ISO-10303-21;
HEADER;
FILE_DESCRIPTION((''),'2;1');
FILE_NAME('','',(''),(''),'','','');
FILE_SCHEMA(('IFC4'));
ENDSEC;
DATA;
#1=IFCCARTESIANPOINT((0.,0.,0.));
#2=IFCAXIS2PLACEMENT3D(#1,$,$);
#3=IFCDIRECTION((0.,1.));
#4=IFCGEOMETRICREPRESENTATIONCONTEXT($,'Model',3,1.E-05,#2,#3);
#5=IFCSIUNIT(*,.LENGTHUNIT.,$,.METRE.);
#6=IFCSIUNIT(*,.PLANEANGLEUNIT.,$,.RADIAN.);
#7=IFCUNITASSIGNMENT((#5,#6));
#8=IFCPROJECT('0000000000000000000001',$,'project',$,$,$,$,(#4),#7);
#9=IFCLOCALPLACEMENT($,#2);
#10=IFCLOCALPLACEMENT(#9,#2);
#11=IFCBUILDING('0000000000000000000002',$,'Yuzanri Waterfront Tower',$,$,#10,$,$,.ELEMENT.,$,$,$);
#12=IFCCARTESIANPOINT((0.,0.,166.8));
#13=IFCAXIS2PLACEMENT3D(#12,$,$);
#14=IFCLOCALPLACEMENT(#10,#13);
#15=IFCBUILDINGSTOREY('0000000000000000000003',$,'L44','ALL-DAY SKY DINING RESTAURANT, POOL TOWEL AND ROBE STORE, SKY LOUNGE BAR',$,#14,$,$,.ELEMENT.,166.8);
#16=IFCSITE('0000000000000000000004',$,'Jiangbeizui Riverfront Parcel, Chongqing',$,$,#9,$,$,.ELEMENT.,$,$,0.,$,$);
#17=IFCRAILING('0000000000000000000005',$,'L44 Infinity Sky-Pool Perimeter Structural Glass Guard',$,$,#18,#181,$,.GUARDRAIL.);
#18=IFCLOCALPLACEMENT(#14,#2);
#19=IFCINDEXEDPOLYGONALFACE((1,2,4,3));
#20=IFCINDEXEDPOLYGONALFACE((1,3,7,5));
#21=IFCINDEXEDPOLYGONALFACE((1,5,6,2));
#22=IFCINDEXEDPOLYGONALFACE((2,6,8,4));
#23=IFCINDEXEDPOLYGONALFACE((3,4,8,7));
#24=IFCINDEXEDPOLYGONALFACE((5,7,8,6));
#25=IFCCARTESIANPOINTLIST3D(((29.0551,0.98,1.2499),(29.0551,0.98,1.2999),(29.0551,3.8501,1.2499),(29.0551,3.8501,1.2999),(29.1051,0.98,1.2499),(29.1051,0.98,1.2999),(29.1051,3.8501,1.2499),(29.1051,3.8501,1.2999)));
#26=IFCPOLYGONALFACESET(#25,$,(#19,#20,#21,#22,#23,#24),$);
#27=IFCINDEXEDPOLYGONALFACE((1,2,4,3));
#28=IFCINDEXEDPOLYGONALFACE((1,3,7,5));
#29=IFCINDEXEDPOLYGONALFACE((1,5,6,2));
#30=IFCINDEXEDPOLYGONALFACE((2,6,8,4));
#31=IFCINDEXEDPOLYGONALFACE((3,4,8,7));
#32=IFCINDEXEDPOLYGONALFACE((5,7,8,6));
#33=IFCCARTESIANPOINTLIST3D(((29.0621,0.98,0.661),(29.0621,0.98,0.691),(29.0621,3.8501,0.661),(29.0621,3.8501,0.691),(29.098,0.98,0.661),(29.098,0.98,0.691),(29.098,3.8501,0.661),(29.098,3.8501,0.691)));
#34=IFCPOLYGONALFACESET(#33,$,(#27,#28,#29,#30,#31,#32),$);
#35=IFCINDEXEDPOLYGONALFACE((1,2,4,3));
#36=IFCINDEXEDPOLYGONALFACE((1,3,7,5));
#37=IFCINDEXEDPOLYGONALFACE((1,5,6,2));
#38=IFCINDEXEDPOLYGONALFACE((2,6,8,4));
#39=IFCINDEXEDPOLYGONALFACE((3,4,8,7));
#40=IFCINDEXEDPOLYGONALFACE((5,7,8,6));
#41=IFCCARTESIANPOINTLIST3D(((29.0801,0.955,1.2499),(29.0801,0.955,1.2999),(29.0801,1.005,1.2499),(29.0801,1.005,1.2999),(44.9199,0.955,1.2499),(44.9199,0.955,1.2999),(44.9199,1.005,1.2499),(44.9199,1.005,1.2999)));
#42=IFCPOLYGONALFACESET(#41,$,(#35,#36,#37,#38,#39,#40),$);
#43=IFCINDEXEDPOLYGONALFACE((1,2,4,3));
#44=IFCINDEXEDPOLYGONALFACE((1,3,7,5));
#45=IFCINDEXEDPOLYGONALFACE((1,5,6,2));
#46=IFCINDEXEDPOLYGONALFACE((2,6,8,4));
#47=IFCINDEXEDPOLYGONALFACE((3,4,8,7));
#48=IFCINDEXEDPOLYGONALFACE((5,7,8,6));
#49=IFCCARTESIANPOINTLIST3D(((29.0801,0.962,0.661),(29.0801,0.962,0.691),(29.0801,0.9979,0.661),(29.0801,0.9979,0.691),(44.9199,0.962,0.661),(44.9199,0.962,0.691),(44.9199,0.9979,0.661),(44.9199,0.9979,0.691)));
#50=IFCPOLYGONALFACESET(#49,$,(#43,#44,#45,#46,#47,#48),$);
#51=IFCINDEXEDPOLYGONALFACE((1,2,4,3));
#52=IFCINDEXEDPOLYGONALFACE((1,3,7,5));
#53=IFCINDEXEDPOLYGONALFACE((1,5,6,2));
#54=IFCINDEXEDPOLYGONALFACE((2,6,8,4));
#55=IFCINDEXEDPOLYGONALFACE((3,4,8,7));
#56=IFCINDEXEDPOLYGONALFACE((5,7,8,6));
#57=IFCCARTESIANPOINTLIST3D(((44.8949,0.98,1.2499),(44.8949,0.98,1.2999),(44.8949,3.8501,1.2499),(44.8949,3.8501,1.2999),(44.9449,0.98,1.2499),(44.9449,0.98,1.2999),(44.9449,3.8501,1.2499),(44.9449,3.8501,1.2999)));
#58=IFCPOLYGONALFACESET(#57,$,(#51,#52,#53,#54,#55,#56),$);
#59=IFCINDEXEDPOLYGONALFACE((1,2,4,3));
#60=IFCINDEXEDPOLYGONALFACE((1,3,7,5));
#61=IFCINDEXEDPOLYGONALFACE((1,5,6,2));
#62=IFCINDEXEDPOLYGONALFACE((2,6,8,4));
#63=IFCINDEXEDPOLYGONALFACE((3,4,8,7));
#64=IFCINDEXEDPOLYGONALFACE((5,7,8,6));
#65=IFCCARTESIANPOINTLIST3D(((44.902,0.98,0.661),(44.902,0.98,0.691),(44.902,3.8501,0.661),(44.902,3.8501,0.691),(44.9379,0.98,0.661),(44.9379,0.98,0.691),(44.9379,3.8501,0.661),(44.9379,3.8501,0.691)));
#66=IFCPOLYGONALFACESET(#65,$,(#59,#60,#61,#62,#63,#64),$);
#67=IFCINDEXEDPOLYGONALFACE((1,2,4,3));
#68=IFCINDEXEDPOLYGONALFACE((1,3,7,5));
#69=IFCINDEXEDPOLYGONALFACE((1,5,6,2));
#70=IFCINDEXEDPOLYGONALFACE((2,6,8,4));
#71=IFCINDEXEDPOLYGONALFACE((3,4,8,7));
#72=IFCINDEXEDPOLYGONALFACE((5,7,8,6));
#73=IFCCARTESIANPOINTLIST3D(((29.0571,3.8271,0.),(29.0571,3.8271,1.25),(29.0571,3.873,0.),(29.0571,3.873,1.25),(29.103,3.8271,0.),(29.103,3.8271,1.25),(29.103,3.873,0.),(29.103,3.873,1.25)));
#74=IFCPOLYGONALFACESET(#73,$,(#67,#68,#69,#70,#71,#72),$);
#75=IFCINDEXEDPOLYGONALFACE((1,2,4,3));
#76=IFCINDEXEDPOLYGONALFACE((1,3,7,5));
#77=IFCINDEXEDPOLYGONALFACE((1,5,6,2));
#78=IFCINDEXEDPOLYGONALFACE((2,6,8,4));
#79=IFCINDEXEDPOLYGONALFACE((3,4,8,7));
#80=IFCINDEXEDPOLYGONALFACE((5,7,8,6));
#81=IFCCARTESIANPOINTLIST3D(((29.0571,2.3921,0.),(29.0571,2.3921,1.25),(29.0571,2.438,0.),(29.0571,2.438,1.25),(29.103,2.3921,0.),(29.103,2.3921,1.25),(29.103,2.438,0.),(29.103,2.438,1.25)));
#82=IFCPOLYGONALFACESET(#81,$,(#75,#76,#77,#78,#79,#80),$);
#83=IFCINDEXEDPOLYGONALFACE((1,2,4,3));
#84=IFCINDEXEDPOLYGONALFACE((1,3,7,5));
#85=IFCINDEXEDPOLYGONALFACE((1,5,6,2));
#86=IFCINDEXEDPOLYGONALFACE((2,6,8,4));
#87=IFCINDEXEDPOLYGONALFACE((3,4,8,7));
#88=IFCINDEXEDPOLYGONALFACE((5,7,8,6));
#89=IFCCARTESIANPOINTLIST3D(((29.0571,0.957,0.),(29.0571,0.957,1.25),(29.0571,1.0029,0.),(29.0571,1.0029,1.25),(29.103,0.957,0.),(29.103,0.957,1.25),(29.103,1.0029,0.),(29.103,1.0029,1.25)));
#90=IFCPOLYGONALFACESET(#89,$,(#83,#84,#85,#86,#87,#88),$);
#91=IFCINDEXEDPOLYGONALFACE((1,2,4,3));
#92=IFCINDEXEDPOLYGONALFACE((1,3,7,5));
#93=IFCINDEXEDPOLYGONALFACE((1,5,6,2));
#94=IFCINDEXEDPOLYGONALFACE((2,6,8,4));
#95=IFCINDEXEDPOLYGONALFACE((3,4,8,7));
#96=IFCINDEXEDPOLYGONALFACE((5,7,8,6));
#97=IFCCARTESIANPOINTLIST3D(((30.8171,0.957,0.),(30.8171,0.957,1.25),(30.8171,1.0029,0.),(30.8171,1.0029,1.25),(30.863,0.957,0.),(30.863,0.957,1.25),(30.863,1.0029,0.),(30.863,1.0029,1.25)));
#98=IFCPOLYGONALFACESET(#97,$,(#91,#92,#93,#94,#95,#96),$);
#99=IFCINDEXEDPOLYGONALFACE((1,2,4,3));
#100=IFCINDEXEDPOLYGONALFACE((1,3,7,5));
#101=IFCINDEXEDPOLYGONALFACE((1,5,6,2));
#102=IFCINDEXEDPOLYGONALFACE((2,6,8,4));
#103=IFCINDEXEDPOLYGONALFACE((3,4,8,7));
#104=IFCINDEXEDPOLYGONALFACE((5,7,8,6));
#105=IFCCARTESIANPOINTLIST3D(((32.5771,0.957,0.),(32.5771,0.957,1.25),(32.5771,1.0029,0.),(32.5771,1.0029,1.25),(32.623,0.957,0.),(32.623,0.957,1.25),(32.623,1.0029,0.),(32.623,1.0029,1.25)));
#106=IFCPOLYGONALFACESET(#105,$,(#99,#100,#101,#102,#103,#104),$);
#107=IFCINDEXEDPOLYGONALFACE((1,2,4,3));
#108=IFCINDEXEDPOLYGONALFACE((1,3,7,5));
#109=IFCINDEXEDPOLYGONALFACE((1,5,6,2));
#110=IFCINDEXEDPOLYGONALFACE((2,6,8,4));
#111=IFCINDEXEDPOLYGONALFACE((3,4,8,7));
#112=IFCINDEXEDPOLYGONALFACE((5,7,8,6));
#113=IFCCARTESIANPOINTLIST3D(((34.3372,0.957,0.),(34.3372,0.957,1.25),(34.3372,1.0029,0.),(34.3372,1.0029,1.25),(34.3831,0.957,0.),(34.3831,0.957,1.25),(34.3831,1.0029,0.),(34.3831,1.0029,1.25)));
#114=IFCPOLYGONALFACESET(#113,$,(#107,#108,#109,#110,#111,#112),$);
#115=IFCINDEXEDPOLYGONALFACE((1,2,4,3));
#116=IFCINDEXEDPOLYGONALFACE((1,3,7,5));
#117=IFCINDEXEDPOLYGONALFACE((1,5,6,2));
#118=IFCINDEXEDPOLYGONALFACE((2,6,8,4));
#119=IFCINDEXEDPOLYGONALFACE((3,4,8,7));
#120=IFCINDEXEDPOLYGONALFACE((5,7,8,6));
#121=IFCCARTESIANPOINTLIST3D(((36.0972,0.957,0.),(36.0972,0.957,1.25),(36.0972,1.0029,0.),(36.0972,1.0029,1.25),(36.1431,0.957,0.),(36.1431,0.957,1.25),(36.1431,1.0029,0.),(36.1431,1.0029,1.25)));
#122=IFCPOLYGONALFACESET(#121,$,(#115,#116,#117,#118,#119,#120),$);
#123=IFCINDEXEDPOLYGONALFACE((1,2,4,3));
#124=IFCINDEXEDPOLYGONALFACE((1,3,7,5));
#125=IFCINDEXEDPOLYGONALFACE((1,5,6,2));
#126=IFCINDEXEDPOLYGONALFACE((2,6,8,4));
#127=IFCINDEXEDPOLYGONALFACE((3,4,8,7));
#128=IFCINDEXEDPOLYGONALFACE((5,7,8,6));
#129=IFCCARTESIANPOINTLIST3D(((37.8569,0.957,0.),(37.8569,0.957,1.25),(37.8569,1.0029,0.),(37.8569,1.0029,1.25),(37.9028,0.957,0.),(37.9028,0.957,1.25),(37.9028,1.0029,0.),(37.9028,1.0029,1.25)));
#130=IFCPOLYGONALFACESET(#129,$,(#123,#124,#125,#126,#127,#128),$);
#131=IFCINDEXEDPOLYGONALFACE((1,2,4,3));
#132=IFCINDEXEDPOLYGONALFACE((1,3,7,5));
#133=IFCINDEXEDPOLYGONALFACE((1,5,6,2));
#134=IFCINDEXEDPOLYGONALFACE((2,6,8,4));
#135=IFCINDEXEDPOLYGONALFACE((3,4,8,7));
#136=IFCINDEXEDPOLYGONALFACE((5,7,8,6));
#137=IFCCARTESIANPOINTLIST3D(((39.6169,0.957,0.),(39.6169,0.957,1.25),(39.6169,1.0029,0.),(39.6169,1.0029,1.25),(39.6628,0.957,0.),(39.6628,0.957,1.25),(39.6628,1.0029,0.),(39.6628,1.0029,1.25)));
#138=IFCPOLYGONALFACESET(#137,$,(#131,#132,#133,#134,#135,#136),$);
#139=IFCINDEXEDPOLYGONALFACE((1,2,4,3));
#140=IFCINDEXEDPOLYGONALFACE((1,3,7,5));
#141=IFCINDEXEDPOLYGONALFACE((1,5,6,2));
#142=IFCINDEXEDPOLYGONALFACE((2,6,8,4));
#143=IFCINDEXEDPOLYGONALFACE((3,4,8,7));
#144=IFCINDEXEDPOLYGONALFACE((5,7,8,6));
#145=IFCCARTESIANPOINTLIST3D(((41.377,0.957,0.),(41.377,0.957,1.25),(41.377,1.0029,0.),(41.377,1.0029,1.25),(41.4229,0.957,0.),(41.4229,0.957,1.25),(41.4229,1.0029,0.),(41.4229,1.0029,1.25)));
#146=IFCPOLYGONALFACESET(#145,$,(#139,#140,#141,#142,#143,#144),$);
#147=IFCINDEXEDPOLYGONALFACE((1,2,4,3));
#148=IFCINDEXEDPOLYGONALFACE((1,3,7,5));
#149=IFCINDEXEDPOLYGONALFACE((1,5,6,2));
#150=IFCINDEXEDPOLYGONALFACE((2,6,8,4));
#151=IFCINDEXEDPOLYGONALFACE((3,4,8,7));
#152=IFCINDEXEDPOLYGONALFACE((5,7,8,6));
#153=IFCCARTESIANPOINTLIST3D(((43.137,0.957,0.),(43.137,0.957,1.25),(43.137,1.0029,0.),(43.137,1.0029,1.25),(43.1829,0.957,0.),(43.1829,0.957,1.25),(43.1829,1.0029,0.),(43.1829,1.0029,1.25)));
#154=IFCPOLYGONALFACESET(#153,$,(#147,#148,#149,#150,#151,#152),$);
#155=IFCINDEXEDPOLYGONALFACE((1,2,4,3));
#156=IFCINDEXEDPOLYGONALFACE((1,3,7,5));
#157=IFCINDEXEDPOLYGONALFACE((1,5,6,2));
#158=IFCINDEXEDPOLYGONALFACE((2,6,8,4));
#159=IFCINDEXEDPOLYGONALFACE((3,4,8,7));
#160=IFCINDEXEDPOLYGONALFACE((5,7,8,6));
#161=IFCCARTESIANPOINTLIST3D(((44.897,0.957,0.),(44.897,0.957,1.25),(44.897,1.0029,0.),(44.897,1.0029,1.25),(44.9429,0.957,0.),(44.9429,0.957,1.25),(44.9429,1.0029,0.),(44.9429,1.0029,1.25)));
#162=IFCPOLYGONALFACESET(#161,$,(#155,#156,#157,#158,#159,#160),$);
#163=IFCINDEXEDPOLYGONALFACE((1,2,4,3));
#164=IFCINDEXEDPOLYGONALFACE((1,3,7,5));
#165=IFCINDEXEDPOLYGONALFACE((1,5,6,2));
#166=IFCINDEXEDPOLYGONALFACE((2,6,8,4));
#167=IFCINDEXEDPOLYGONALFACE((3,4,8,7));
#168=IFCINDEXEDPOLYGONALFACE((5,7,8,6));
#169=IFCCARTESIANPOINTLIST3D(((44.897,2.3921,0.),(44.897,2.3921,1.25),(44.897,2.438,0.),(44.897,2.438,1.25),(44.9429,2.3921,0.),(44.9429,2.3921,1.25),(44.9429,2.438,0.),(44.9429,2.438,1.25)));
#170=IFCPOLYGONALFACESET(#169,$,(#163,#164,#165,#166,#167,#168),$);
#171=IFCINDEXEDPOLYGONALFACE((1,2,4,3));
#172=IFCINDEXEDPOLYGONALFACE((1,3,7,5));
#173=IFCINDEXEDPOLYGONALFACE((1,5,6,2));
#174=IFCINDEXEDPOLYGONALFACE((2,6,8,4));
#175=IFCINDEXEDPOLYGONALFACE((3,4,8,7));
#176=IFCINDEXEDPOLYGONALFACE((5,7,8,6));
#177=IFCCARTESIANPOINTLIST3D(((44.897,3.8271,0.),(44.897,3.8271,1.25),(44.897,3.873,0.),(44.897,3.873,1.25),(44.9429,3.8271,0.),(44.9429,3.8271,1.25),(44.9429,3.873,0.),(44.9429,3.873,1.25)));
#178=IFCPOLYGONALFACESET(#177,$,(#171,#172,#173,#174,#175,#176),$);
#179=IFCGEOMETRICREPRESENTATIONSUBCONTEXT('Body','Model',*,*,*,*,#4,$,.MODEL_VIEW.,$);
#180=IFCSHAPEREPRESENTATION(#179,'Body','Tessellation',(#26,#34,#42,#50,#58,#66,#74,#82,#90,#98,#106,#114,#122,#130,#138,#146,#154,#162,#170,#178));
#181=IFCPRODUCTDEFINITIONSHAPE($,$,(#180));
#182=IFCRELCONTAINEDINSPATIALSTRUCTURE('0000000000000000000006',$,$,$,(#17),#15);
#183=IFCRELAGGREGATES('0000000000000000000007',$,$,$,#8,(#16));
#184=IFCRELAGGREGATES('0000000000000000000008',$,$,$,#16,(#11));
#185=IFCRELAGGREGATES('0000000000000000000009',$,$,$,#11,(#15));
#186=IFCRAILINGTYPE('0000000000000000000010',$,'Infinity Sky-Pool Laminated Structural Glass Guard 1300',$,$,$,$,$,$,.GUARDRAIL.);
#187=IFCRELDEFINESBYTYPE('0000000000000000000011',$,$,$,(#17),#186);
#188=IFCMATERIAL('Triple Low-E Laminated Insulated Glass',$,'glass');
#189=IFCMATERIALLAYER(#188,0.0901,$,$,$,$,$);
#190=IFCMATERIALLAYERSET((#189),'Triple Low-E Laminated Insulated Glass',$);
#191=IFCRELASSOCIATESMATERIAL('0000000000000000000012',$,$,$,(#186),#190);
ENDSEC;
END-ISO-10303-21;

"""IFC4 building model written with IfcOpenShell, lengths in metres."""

from ifc_helpers import new_model, si_unit, direction, frame, origin, origin_2d, place, context, subcontext, project, spatial, rectangle, extrude, source, transform, mapped, material, layer, layer_set, type_object, element, save


model = new_model("IFC4")

# Units and contexts
model_context = context("Model", 3, precision=1e-05, world=origin(), true_north=direction((0.0, 1.0)))
body_context = subcontext(model_context, "Body", "Model", "MODEL_VIEW")
ifc_project = project(units=[si_unit("LENGTHUNIT", "METRE"), si_unit("PLANEANGLEUNIT", "RADIAN")], contexts=[model_context])

# Site, building, storey
site_placement = place(None, origin())
site = spatial("IfcSite", under=ifc_project, at=site_placement, Name="Jiangbeizui Riverfront Parcel, Chongqing", CompositionType="ELEMENT", RefElevation=0.0)
building_placement = place(site_placement, origin())
building = spatial("IfcBuilding", under=site, at=building_placement, Name="Yuzanri Waterfront Tower", CompositionType="ELEMENT")
storey_placement = place(building_placement, frame((0.0, 0.0, 166.8)))
storey = spatial("IfcBuildingStorey", under=building, at=storey_placement, Name="L44", Description="ALL-DAY SKY DINING RESTAURANT, POOL TOWEL AND ROBE STORE, SKY LOUNGE BAR", CompositionType="ELEMENT", Elevation=166.8)

# Railing
ifc_material_1 = material(Name="Triple Low-E Laminated Insulated Glass", Category="glass")
ifc_layer_1 = layer(ifc_material_1, 0.0901)
ifc_layer_set_1 = layer_set([ifc_layer_1], Name="Triple Low-E Laminated Insulated Glass")
railing_type = type_object("IfcRailingType", Name="Infinity Sky-Pool Laminated Structural Glass Guard 1300", PredefinedType="GUARDRAIL", material=ifc_layer_set_1)
shared_shape_1 = source(origin(), body_context, "Body", "SweptSolid", [
    extrude(rectangle(XDim=0.05, YDim=0.05, at=origin_2d()), frame((0.0, 0.0, 1.2749), z_axis=(0.0, -1.0, 0.0), x_axis=(1.0, 0.0, 0.0)), (0.0, 0.0, 1.0), 2.8701),
    extrude(rectangle(XDim=0.0359, YDim=0.03, at=origin_2d()), frame((0.0, 0.0, 0.676), z_axis=(0.0, -1.0, 0.0), x_axis=(1.0, 0.0, 0.0)), (0.0, 0.0, 1.0), 2.8701),
    extrude(rectangle(XDim=0.05, YDim=0.05, at=origin_2d()), frame((0.0, -2.8701, 1.2749), z_axis=(1.0, 0.0, 0.0), x_axis=(0.0, 1.0, 0.0)), (0.0, 0.0, 1.0), 15.8398),
    extrude(rectangle(XDim=0.0359, YDim=0.03, at=origin_2d()), frame((0.0, -2.8701, 0.676), z_axis=(1.0, 0.0, 0.0), x_axis=(0.0, 1.0, 0.0)), (0.0, 0.0, 1.0), 15.8398),
    extrude(rectangle(XDim=0.05, YDim=0.05, at=origin_2d()), frame((15.8398, -2.8701, 1.2749), z_axis=(0.0, 1.0, 0.0), x_axis=(-1.0, 0.0, 0.0)), (0.0, 0.0, 1.0), 2.8701),
    extrude(rectangle(XDim=0.0359, YDim=0.03, at=origin_2d()), frame((15.8398, -2.8701, 0.676), z_axis=(0.0, 1.0, 0.0), x_axis=(-1.0, 0.0, 0.0)), (0.0, 0.0, 1.0), 2.8701),
    extrude(rectangle(XDim=0.0459, YDim=0.0459, at=origin_2d()), origin(), (0.0, 0.0, 1.0), 1.25),
    extrude(rectangle(XDim=0.0459, YDim=0.0459, at=origin_2d()), frame((0.0, -1.4351, 0.0)), (0.0, 0.0, 1.0), 1.25),
    extrude(rectangle(XDim=0.0459, YDim=0.0459, at=origin_2d()), frame((0.0, -2.8701, 0.0)), (0.0, 0.0, 1.0), 1.25),
    extrude(rectangle(XDim=0.0459, YDim=0.0459, at=origin_2d()), frame((1.76, -2.8701, 0.0)), (0.0, 0.0, 1.0), 1.25),
    extrude(rectangle(XDim=0.0459, YDim=0.0459, at=origin_2d()), frame((3.52, -2.8701, 0.0)), (0.0, 0.0, 1.0), 1.25),
    extrude(rectangle(XDim=0.0459, YDim=0.0459, at=origin_2d()), frame((5.28, -2.8701, 0.0)), (0.0, 0.0, 1.0), 1.25),
    extrude(rectangle(XDim=0.0459, YDim=0.0459, at=origin_2d()), frame((7.04, -2.8701, 0.0)), (0.0, 0.0, 1.0), 1.25),
    extrude(rectangle(XDim=0.0459, YDim=0.0459, at=origin_2d()), frame((8.7998, -2.8701, 0.0)), (0.0, 0.0, 1.0), 1.25),
    extrude(rectangle(XDim=0.0459, YDim=0.0459, at=origin_2d()), frame((10.5598, -2.8701, 0.0)), (0.0, 0.0, 1.0), 1.25),
    extrude(rectangle(XDim=0.0459, YDim=0.0459, at=origin_2d()), frame((12.3198, -2.8701, 0.0)), (0.0, 0.0, 1.0), 1.25),
    extrude(rectangle(XDim=0.0459, YDim=0.0459, at=origin_2d()), frame((14.0798, -2.8701, 0.0)), (0.0, 0.0, 1.0), 1.25),
    extrude(rectangle(XDim=0.0459, YDim=0.0459, at=origin_2d()), frame((15.8398, -2.8701, 0.0)), (0.0, 0.0, 1.0), 1.25),
    extrude(rectangle(XDim=0.0459, YDim=0.0459, at=origin_2d()), frame((15.8398, -1.4351, 0.0)), (0.0, 0.0, 1.0), 1.25),
    extrude(rectangle(XDim=0.0459, YDim=0.0459, at=origin_2d()), frame((15.8398, 0.0, 0.0)), (0.0, 0.0, 1.0), 1.25),
])
railing_placement = place(storey_placement, frame((29.0801, 3.8501, 0.0)))
element("IfcRailing", 1, at=railing_placement, inside=storey, type_object=railing_type, Name="L44 Infinity Sky-Pool Perimeter Structural Glass Guard", PredefinedType="GUARDRAIL", context=body_context, shape_type="MappedRepresentation", body=[
    mapped(shared_shape_1, transform((0.0, 0.0, 0.0), scale=1.0)),
])

save(model, "model.ifc")
